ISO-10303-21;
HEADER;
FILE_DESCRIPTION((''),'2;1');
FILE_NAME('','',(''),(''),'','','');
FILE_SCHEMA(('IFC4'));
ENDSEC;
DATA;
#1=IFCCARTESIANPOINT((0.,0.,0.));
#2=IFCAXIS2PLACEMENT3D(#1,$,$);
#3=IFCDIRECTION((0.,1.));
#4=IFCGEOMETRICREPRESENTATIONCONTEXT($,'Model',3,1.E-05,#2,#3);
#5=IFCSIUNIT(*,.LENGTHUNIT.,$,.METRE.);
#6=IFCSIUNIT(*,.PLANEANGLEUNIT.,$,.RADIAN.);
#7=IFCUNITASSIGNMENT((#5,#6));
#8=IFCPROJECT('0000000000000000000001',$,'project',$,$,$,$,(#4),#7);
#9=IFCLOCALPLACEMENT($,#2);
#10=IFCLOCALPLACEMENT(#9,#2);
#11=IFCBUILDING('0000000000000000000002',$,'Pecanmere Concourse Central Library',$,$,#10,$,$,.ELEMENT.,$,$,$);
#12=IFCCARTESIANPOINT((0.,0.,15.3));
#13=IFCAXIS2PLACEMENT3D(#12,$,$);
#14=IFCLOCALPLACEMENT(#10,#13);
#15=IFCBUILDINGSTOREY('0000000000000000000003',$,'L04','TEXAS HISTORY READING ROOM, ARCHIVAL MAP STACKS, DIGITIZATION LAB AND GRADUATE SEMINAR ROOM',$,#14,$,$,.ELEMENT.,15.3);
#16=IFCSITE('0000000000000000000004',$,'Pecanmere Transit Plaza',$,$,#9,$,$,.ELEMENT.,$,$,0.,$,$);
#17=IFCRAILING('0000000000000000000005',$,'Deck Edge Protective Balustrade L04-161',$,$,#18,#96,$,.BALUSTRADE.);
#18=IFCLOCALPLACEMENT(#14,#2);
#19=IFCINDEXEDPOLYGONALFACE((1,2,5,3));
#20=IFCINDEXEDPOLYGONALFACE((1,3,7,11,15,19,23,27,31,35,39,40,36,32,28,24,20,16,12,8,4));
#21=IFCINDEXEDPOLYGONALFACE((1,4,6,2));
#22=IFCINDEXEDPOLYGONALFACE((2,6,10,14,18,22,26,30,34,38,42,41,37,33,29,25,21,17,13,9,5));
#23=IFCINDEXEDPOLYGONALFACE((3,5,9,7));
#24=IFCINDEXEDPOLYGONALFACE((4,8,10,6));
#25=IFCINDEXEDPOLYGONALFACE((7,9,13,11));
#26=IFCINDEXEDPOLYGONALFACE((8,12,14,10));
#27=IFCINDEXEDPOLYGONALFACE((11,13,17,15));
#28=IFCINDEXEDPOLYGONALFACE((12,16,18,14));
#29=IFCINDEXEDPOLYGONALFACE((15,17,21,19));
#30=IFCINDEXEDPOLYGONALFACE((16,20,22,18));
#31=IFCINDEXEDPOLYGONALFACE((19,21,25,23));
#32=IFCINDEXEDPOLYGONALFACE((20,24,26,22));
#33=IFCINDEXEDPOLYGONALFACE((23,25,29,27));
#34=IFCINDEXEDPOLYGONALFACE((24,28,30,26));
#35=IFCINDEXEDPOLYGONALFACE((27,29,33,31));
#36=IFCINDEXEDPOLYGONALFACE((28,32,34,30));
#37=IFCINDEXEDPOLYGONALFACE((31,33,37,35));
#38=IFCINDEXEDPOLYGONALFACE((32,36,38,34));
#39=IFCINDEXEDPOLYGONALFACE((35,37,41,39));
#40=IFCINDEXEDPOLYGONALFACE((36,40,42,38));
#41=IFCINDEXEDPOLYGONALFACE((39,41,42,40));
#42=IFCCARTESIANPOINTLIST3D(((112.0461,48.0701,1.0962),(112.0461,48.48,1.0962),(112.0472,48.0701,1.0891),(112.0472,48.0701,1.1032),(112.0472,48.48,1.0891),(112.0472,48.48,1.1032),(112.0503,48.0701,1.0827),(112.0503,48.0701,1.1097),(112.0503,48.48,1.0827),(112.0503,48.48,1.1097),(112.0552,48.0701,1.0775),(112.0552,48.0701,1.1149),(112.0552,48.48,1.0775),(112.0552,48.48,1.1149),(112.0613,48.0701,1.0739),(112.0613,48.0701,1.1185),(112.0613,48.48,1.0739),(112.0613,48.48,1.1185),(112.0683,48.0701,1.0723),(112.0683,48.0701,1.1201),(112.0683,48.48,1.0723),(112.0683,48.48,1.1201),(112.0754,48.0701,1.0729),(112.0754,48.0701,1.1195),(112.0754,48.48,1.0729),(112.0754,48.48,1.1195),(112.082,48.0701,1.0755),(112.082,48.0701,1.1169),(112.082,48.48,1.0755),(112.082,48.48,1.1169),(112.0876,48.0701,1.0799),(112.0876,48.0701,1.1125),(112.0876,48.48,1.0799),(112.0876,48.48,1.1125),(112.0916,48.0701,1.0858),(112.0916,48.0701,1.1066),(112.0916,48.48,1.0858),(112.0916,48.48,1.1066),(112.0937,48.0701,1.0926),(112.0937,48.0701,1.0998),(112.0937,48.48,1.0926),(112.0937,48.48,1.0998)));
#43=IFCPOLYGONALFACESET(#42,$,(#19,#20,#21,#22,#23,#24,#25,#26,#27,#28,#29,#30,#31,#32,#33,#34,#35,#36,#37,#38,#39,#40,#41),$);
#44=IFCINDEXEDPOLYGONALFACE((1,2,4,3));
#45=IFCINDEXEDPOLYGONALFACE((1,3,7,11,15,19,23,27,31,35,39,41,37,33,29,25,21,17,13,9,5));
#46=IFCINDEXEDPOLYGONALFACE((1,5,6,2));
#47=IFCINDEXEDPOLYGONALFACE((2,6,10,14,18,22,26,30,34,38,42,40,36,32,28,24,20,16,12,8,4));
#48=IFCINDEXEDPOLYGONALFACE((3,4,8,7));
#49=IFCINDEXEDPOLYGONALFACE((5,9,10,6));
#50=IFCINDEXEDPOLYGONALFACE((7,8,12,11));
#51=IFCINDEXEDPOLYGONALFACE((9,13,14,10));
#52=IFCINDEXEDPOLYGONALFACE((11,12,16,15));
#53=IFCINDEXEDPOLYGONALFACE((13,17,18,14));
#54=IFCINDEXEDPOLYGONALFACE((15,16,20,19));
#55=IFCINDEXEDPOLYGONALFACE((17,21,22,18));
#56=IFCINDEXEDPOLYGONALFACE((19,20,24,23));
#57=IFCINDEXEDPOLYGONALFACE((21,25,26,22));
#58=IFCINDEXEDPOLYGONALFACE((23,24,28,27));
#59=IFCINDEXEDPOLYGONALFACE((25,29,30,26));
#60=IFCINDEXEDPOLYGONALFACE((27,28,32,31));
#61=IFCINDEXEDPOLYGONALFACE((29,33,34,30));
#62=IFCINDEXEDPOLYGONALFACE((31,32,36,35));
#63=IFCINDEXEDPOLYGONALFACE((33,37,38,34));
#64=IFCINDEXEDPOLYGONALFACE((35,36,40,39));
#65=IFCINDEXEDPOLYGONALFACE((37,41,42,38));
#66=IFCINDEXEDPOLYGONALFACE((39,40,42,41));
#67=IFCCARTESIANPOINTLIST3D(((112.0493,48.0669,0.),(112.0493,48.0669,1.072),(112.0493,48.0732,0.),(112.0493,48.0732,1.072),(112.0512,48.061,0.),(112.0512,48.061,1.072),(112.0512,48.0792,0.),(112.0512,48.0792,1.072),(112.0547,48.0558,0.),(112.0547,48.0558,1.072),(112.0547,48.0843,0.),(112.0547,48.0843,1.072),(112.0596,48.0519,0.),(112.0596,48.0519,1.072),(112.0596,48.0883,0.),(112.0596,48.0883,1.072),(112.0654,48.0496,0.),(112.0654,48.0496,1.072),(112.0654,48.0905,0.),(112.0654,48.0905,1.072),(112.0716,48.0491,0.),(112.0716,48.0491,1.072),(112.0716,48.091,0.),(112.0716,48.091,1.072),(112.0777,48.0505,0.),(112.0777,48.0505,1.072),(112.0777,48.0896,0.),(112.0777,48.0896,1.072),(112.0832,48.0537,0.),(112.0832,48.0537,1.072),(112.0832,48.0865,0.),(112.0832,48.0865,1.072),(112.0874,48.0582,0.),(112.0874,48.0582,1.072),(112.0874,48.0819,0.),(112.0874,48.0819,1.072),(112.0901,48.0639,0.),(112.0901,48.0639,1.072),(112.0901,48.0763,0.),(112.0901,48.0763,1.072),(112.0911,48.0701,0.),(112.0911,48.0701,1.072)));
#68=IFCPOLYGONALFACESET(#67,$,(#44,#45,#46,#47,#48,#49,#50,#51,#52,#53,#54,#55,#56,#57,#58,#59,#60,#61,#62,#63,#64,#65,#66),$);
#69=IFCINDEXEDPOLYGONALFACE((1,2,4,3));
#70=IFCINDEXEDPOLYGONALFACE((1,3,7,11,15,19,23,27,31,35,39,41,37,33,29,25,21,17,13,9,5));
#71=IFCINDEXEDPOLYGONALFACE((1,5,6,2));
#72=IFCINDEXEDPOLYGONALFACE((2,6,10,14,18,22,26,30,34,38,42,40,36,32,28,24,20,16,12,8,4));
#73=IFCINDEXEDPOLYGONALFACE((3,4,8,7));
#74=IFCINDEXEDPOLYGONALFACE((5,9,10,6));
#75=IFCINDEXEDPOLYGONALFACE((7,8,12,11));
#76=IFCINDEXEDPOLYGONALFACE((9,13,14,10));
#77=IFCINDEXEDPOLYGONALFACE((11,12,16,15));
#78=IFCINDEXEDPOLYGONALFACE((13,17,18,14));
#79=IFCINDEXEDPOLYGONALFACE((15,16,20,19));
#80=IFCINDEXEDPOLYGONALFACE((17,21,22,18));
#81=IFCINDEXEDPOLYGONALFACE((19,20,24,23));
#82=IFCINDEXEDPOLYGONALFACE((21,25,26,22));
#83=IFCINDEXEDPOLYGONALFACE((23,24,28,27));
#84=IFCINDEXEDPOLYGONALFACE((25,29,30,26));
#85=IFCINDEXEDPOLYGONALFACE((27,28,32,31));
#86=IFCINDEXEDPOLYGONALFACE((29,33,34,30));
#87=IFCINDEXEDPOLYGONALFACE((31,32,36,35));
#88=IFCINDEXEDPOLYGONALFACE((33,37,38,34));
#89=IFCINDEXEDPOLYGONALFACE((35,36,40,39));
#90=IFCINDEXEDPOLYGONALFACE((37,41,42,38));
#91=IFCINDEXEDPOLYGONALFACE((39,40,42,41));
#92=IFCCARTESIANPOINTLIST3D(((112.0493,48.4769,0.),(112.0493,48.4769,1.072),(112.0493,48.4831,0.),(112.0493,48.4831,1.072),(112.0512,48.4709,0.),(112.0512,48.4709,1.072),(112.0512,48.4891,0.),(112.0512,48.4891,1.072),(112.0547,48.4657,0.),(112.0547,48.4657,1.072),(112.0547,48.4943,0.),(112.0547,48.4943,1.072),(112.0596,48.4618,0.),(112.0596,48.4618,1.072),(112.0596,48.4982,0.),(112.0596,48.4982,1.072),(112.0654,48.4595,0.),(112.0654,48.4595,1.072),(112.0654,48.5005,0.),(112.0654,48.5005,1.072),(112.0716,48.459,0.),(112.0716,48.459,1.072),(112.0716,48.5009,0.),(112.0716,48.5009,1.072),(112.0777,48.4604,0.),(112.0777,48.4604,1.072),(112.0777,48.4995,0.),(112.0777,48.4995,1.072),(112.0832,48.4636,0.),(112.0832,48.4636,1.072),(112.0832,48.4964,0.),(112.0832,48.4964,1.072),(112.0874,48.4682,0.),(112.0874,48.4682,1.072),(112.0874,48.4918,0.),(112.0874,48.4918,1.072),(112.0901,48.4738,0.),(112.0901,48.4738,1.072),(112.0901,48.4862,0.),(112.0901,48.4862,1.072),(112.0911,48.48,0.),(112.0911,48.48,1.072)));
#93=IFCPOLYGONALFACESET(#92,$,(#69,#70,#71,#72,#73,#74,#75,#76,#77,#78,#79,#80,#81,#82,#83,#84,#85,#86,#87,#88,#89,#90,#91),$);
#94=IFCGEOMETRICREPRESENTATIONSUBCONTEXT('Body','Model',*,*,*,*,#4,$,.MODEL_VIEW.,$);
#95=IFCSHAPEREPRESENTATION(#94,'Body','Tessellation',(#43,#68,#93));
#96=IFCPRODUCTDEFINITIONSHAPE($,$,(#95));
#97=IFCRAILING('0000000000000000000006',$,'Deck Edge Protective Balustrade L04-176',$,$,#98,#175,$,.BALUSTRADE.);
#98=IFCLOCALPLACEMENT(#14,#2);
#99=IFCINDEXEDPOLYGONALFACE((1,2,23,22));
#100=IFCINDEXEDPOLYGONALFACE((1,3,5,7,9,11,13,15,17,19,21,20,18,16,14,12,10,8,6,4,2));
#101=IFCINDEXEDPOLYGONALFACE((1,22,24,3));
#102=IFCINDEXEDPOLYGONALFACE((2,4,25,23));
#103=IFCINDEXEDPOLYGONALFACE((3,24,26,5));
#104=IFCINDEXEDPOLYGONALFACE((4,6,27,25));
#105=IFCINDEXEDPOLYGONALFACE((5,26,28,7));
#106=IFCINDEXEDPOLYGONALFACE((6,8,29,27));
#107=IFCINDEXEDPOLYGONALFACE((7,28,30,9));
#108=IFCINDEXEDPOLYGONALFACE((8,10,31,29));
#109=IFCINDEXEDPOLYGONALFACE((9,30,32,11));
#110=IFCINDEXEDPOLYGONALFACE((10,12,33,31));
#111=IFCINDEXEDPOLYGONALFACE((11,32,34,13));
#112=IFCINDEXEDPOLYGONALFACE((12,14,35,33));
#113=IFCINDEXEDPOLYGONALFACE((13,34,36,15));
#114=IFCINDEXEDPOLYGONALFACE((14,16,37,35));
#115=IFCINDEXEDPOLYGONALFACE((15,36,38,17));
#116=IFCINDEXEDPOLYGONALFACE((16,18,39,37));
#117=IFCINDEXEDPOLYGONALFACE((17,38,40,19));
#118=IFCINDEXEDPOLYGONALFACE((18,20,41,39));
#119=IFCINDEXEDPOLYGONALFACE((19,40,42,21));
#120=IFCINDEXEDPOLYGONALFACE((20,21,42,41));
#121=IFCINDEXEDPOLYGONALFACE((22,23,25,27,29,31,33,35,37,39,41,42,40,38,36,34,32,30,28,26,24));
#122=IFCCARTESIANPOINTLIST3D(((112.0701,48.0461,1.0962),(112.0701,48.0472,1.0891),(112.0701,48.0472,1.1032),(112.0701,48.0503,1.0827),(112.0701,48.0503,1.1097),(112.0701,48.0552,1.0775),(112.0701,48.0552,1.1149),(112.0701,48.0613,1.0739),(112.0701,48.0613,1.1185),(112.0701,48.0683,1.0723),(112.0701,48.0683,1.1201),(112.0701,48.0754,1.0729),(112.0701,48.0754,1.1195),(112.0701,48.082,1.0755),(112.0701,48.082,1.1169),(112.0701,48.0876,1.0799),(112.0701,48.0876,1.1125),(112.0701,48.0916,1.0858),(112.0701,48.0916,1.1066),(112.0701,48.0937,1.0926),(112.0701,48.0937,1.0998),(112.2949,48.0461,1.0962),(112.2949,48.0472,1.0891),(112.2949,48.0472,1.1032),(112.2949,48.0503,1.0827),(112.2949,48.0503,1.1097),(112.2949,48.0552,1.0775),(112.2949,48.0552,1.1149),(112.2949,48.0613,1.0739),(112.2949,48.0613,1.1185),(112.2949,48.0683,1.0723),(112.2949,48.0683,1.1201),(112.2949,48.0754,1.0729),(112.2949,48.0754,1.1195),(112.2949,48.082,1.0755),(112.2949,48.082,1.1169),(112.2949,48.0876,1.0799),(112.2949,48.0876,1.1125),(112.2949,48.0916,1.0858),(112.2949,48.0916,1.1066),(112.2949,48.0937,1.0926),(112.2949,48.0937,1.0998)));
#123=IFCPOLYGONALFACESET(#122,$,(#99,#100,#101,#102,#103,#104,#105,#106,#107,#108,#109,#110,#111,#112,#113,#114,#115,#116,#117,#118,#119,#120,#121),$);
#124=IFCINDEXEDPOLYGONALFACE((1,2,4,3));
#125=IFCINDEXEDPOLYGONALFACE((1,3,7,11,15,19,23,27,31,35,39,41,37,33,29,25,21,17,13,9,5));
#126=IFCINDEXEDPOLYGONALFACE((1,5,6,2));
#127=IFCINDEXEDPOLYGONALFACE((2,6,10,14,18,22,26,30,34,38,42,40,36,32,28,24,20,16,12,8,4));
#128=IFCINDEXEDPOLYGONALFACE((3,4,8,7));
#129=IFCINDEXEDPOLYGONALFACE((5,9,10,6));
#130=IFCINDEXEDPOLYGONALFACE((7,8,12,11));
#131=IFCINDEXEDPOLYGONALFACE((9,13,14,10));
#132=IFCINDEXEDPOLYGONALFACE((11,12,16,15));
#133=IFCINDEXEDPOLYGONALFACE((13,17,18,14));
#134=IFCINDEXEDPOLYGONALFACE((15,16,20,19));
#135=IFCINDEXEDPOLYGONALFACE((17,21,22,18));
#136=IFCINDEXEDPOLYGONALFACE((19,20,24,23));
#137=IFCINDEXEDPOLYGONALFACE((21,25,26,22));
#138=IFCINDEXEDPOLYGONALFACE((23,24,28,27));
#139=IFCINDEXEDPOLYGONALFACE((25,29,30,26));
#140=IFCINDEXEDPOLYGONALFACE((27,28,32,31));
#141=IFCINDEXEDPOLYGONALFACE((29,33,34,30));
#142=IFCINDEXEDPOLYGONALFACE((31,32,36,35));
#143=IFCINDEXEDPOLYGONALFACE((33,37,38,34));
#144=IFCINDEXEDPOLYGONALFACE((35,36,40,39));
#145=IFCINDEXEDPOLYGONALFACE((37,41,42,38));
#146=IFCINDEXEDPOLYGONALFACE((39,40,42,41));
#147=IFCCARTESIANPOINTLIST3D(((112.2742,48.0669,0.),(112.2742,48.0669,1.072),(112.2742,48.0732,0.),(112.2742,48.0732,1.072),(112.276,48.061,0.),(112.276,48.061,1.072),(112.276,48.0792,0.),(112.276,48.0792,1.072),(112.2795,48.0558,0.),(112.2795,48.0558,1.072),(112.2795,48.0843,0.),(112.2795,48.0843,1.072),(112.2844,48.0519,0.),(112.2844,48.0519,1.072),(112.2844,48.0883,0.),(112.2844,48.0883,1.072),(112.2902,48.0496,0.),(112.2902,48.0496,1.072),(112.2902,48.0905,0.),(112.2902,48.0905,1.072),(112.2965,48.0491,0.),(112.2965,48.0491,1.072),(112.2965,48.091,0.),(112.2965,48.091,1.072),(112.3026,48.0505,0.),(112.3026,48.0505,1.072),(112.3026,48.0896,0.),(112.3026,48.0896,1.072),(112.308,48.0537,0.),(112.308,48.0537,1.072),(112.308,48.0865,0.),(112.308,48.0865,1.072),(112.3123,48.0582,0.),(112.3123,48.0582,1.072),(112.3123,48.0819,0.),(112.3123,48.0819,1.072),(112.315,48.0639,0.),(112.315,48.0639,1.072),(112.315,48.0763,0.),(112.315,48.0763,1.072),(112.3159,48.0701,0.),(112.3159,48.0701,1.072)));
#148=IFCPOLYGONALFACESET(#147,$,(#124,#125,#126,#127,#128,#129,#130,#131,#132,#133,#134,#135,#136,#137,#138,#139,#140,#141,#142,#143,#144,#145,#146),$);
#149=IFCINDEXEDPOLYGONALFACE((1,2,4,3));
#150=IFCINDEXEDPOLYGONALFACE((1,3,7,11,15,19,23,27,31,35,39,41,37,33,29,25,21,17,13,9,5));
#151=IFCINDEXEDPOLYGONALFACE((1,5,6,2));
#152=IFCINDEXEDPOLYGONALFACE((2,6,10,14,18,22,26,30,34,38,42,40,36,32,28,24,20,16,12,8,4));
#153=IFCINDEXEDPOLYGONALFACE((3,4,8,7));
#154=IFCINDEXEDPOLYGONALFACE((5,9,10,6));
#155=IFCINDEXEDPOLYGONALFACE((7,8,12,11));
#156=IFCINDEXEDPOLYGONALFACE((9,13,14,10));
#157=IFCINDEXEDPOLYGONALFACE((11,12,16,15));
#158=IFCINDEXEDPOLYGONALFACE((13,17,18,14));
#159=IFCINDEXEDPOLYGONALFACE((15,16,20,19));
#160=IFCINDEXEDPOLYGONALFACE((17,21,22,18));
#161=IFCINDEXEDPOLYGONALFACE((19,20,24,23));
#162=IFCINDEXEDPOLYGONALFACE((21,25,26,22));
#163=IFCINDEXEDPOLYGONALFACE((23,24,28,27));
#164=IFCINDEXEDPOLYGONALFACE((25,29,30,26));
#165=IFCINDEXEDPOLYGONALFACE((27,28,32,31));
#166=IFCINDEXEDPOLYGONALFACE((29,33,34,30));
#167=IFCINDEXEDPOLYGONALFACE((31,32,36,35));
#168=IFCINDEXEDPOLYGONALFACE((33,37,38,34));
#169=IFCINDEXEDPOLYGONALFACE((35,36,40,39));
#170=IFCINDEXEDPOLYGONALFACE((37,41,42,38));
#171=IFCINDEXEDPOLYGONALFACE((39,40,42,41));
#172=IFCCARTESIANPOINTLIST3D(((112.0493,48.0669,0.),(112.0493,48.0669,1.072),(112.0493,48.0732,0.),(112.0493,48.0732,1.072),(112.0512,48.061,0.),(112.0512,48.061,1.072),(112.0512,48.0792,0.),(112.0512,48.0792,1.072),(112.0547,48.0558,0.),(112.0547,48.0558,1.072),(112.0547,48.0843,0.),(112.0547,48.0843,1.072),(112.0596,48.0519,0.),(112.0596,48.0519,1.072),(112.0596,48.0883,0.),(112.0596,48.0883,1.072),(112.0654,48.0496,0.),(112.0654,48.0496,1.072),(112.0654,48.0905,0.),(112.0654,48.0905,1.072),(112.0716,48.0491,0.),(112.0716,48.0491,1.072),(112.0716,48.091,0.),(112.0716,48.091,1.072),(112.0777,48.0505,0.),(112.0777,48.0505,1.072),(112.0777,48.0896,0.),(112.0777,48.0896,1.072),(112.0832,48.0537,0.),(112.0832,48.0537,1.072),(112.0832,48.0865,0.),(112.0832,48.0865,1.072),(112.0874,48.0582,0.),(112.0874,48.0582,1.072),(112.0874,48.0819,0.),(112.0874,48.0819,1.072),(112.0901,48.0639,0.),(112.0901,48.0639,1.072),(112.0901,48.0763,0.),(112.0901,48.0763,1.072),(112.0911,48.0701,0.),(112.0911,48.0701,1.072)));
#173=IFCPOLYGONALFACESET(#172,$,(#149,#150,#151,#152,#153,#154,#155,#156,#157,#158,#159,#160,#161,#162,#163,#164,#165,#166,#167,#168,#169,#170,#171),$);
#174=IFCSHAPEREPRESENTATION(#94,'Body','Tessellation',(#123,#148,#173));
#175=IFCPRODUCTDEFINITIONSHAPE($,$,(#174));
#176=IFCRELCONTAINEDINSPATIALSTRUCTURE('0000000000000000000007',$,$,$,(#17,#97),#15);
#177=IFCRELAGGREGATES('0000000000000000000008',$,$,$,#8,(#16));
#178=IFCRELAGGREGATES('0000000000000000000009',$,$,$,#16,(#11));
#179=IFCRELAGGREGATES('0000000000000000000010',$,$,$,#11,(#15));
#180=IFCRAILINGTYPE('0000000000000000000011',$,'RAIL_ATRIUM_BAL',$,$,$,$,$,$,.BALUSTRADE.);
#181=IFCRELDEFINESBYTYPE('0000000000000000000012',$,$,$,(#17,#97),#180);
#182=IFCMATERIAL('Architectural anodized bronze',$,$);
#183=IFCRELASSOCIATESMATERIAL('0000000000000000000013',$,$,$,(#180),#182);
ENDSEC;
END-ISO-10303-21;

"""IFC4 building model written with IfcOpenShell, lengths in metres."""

from ifc_helpers import new_model, si_unit, direction, frame, origin, origin_2d, place, context, subcontext, project, spatial, circle, extrude, material, type_object, element, save


model = new_model("IFC4")

# Units and contexts
model_context = context("Model", 3, precision=1e-05, world=origin(), true_north=direction((0.0, 1.0)))
body_context = subcontext(model_context, "Body", "Model", "MODEL_VIEW")
ifc_project = project(units=[si_unit("LENGTHUNIT", "METRE"), si_unit("PLANEANGLEUNIT", "RADIAN")], contexts=[model_context])

# Site, building, storey
site_placement = place(None, origin())
site = spatial("IfcSite", under=ifc_project, at=site_placement, Name="Pecanmere Transit Plaza", CompositionType="ELEMENT", RefElevation=0.0)
building_placement = place(site_placement, origin())
building = spatial("IfcBuilding", under=site, at=building_placement, Name="Pecanmere Concourse Central Library", CompositionType="ELEMENT")
storey_placement = place(building_placement, frame((0.0, 0.0, 15.3)))
storey = spatial("IfcBuildingStorey", under=building, at=storey_placement, Name="L04", Description="TEXAS HISTORY READING ROOM, ARCHIVAL MAP STACKS, DIGITIZATION LAB AND GRADUATE SEMINAR ROOM", CompositionType="ELEMENT", Elevation=15.3)

# Railings
ifc_material_1 = material(Name="Architectural anodized bronze")
railing_type = type_object("IfcRailingType", Name="RAIL_ATRIUM_BAL", PredefinedType="BALUSTRADE", material=ifc_material_1)
railing_1_placement = place(storey_placement, frame((112.0701, 48.0701, 0.0)))
element("IfcRailing", 1, at=railing_1_placement, inside=storey, type_object=railing_type, Name="Deck Edge Protective Balustrade L04-161", PredefinedType="BALUSTRADE", context=body_context, shape_type="SweptSolid", body=[
    extrude(circle(Radius=0.0239, at=origin_2d()), frame((0.0, 0.0, 1.0962), z_axis=(0.0, 1.0, 0.0), x_axis=(-1.0, 0.0, 0.0)), (0.0, 0.0, 1.0), 0.4099),
    extrude(circle(Radius=0.021, at=origin_2d()), origin(), (0.0, 0.0, 1.0), 1.072),
    extrude(circle(Radius=0.021, at=origin_2d()), frame((0.0, 0.4099, 0.0)), (0.0, 0.0, 1.0), 1.072),
])
railing_2_placement = place(storey_placement, frame((112.2949, 48.0701, 0.0)))
element("IfcRailing", 2, at=railing_2_placement, inside=storey, type_object=railing_type, Name="Deck Edge Protective Balustrade L04-176", PredefinedType="BALUSTRADE", context=body_context, shape_type="SweptSolid", body=[
    extrude(circle(Radius=0.0239, at=origin_2d()), frame((0.0, 0.0, 1.0962), z_axis=(-1.0, 0.0, 0.0), x_axis=(0.0, -1.0, 0.0)), (0.0, 0.0, 1.0), 0.2249),
    extrude(circle(Radius=0.021, at=origin_2d()), origin(), (0.0, 0.0, 1.0), 1.072),
    extrude(circle(Radius=0.021, at=origin_2d()), frame((-0.2249, 0.0, 0.0)), (0.0, 0.0, 1.0), 1.072),
])

save(model, "model.ifc")
